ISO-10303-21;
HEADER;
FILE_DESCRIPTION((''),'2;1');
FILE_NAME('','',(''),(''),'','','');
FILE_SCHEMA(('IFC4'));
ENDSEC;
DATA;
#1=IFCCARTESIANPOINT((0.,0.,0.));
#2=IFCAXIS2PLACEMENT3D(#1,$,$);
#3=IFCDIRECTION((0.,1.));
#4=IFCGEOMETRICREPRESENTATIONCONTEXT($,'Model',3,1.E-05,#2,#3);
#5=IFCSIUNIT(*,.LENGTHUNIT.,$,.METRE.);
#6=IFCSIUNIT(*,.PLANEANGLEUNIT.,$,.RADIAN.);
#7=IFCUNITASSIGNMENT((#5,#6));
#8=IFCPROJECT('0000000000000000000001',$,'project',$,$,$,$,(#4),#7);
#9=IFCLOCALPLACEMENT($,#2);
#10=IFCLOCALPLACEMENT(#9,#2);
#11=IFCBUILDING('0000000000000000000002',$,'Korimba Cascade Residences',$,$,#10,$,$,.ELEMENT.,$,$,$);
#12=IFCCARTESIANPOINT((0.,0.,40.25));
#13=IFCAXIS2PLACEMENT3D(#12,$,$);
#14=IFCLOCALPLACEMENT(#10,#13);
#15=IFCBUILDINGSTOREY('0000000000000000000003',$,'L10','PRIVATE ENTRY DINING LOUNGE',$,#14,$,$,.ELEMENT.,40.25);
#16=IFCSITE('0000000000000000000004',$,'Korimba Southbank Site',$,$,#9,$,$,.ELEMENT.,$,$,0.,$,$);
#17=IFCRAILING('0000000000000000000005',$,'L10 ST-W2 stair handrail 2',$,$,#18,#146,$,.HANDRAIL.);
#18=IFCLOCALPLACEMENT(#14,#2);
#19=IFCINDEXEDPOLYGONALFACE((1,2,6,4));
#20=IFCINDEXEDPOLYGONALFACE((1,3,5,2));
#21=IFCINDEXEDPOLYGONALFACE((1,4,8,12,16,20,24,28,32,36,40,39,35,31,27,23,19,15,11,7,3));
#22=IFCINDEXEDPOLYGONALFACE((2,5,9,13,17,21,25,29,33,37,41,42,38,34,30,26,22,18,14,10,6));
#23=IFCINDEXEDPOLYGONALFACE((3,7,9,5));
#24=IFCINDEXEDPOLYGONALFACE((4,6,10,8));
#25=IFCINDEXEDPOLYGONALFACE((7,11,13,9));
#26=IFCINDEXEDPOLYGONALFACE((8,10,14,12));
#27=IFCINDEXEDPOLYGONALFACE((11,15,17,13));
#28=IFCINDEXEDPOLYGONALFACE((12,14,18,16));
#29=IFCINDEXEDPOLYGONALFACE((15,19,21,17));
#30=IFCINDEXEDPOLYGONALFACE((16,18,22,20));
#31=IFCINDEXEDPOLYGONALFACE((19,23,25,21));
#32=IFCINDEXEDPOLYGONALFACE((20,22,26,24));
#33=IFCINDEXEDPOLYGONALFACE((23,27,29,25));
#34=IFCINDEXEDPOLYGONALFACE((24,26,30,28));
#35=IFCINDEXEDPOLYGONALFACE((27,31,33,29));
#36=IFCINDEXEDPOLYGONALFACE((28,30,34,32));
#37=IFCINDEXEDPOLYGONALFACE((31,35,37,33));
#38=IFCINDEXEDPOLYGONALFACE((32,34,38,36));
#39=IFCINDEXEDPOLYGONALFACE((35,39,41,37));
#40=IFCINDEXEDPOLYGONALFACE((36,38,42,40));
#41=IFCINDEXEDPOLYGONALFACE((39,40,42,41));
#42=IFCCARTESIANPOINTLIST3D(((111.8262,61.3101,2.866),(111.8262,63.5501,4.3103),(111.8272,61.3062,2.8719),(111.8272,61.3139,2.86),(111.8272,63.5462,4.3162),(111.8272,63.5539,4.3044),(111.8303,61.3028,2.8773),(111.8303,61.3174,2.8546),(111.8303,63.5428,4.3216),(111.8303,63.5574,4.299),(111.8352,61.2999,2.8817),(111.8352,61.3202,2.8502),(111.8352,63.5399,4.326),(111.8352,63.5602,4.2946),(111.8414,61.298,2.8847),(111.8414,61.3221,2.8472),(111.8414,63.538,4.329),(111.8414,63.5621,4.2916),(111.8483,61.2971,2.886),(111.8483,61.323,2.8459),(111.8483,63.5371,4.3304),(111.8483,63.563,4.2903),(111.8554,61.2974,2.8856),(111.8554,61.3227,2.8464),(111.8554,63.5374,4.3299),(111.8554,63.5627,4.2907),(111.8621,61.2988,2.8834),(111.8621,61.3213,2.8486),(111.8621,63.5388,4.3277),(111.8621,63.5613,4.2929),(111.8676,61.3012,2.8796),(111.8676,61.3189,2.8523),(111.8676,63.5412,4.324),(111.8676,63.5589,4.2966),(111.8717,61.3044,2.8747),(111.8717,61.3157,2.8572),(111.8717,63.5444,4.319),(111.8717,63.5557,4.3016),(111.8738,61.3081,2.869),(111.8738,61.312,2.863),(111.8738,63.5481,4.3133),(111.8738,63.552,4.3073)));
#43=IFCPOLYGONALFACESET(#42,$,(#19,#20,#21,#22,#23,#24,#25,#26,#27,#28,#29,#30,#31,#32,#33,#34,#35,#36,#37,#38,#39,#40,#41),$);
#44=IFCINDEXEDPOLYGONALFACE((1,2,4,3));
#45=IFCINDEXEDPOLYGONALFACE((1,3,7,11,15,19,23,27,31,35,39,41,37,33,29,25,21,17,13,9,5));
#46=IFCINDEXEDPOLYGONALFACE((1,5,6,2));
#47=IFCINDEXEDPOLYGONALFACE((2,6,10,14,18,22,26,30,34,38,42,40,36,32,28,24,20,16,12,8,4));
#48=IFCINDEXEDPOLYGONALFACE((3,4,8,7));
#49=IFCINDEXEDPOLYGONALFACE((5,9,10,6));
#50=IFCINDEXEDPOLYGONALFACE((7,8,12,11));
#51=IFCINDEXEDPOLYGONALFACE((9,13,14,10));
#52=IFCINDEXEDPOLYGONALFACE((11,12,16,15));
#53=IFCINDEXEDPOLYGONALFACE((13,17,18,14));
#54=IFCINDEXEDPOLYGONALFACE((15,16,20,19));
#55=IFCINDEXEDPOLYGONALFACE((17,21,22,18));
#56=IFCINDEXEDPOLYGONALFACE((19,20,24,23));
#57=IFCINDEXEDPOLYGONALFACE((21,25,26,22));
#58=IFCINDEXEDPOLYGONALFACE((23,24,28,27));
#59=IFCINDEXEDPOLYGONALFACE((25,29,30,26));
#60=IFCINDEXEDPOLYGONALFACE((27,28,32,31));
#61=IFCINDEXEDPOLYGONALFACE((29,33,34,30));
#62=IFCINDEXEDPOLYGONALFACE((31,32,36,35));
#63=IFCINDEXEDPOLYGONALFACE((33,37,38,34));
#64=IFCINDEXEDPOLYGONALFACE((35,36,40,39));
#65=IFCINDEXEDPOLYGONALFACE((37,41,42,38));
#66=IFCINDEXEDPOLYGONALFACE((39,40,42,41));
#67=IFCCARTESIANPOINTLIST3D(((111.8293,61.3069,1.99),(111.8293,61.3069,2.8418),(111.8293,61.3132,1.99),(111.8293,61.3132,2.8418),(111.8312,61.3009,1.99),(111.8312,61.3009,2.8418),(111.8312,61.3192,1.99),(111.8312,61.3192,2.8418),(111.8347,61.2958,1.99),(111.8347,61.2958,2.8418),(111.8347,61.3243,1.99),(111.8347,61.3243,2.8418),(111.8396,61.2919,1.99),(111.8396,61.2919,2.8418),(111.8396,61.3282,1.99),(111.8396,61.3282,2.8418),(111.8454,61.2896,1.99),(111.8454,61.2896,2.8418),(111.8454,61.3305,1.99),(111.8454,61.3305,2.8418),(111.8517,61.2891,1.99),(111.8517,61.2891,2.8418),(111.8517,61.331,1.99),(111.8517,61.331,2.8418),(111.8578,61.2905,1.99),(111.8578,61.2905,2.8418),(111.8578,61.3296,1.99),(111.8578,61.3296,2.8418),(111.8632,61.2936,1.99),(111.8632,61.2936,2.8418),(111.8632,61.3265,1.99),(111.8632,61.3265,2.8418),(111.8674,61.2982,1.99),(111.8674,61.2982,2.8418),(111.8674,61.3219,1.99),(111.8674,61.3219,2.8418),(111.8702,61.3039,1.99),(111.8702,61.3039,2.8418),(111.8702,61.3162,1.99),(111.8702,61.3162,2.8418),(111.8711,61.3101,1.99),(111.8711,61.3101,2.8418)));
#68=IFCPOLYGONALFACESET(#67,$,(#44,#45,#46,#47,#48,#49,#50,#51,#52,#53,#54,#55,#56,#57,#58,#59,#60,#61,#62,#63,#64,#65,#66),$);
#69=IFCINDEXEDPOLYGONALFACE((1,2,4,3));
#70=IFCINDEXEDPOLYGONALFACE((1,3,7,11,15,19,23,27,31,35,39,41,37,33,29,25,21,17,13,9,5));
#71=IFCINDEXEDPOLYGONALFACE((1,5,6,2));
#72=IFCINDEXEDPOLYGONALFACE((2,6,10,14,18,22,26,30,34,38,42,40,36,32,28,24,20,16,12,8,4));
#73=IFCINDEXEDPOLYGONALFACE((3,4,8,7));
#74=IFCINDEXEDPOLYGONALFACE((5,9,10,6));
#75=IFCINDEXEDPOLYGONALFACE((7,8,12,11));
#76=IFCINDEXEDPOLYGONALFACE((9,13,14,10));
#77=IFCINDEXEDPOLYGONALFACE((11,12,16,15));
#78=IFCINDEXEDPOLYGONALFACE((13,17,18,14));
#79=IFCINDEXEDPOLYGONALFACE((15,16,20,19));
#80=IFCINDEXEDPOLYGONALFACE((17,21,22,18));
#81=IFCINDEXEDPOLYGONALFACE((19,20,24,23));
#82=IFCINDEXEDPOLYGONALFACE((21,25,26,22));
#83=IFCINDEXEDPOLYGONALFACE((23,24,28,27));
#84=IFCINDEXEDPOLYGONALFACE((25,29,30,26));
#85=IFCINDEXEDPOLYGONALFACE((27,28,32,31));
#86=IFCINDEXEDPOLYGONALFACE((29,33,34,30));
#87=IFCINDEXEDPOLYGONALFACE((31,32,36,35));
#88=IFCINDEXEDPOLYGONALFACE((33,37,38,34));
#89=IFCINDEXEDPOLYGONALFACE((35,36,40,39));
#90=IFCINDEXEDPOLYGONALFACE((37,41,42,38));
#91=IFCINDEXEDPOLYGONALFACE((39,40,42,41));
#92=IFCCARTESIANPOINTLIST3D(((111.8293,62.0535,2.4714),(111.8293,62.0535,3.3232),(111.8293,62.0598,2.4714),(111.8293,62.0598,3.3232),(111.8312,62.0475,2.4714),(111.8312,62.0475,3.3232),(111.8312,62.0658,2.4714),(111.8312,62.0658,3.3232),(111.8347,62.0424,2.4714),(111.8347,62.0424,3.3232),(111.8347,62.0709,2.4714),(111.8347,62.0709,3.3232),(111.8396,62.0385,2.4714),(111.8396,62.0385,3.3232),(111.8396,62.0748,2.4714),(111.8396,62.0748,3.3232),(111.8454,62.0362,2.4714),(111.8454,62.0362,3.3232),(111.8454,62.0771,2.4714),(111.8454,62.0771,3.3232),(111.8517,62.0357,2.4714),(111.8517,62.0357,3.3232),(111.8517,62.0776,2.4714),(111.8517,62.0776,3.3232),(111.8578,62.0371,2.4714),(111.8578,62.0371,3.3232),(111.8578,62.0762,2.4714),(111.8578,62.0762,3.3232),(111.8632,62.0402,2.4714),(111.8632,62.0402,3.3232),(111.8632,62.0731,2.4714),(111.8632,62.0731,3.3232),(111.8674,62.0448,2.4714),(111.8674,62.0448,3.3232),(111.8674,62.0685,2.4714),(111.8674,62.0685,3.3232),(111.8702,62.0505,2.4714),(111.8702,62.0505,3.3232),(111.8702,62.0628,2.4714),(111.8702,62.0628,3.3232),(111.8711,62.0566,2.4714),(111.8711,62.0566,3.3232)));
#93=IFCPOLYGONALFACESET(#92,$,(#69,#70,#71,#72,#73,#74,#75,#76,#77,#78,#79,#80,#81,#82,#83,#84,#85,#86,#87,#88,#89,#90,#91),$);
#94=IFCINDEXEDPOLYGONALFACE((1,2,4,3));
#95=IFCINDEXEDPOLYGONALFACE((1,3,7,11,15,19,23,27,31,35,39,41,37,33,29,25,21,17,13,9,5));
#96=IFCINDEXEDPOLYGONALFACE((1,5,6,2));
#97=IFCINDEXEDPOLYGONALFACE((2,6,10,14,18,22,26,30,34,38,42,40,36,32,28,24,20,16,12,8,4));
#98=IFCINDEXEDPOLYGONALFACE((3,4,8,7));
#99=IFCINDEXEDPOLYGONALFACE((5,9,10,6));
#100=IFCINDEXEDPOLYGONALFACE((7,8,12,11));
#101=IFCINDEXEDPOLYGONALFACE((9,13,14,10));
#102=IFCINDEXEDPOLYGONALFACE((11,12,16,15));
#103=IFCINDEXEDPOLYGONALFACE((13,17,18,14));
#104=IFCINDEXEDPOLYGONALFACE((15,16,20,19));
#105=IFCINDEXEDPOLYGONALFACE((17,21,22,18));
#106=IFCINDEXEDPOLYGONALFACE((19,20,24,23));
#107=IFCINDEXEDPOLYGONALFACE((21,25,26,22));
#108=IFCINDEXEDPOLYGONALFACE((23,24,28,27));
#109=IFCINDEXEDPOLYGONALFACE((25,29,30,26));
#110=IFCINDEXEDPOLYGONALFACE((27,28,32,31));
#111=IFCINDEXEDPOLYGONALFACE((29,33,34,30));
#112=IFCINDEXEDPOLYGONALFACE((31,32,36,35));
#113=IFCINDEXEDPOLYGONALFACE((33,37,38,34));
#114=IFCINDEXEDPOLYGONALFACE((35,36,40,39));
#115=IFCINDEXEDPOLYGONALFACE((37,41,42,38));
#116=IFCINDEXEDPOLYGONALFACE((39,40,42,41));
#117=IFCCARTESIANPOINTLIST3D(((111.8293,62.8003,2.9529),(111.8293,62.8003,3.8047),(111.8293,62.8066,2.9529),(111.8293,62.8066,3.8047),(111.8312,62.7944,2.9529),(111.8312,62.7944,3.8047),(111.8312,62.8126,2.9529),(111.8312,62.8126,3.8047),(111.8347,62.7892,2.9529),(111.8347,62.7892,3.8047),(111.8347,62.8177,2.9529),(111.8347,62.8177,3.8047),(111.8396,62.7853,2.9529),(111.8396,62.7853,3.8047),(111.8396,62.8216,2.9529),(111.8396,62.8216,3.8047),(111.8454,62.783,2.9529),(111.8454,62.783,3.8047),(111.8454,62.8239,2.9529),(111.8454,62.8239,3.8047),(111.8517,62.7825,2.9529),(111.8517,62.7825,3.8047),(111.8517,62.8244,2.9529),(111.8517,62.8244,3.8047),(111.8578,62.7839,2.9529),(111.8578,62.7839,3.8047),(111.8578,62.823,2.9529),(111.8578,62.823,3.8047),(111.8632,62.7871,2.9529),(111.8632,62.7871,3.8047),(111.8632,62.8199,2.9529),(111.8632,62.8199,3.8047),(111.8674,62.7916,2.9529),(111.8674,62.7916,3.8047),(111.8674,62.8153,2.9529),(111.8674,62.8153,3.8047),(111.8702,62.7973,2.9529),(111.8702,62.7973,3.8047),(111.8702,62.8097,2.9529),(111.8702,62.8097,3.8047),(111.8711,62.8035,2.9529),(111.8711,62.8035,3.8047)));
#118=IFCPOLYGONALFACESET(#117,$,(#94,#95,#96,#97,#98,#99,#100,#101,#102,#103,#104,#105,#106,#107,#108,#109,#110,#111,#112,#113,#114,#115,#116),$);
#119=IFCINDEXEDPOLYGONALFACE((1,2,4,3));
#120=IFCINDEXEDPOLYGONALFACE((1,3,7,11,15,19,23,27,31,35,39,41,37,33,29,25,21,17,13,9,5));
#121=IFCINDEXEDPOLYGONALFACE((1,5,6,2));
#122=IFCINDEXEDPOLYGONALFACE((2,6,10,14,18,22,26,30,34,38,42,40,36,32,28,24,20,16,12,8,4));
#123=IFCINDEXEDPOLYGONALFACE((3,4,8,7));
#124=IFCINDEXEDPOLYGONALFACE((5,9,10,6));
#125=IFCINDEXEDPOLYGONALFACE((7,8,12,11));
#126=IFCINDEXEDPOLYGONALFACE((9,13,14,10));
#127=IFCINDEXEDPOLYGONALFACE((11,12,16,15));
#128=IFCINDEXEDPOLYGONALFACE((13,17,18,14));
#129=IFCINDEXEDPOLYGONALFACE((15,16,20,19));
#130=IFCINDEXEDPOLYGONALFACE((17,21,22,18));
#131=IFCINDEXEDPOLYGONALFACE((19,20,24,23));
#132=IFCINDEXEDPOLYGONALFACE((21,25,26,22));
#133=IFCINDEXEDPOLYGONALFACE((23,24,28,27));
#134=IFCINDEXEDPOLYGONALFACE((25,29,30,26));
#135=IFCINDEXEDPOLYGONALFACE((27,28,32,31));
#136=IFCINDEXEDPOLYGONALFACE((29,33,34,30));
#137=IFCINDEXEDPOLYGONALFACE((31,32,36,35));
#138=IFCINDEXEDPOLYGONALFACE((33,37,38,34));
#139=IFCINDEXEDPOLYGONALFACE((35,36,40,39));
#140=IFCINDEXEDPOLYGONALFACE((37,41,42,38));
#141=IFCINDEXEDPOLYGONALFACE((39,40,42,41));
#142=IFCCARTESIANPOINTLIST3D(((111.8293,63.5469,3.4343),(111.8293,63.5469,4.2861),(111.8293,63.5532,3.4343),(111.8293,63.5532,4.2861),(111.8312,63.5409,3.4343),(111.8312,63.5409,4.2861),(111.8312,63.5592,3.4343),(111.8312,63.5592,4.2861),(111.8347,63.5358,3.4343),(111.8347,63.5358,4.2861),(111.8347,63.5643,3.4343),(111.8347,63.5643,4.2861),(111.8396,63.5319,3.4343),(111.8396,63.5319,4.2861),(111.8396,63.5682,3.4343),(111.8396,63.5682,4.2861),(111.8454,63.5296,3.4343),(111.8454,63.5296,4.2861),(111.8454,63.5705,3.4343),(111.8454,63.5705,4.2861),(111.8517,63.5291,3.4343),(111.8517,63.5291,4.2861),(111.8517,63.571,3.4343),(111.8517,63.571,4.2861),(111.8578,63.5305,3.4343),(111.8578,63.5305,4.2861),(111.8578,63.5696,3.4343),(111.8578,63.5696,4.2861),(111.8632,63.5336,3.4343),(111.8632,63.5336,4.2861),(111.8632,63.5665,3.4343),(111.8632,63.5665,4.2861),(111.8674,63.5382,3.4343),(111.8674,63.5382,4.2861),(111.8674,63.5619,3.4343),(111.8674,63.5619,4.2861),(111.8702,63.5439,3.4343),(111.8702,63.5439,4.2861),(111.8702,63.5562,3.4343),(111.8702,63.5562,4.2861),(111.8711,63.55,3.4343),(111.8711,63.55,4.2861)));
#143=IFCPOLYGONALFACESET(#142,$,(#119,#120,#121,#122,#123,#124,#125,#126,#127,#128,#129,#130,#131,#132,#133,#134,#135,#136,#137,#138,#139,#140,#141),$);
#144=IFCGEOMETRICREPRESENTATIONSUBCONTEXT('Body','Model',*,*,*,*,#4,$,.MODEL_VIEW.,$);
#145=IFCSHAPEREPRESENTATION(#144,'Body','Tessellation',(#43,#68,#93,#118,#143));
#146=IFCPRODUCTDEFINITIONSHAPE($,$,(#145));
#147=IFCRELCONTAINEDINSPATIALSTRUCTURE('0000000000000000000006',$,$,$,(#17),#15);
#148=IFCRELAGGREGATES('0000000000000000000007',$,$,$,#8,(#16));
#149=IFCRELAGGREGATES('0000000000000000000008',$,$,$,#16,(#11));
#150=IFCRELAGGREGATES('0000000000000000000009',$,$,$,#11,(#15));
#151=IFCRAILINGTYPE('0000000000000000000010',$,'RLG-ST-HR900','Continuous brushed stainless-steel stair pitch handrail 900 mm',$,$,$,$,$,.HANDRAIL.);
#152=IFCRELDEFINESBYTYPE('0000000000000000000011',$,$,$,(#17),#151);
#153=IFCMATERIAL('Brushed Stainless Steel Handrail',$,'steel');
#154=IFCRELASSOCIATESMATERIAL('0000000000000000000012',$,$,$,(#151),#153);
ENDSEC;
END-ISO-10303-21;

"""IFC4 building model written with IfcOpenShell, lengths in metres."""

from ifc_helpers import new_model, si_unit, direction, frame, origin, origin_2d, place, context, subcontext, project, spatial, circle, extrude, material, type_object, element, save


model = new_model("IFC4")

# Units and contexts
model_context = context("Model", 3, precision=1e-05, world=origin(), true_north=direction((0.0, 1.0)))
body_context = subcontext(model_context, "Body", "Model", "MODEL_VIEW")
ifc_project = project(units=[si_unit("LENGTHUNIT", "METRE"), si_unit("PLANEANGLEUNIT", "RADIAN")], contexts=[model_context])

# Site, building, storey
site_placement = place(None, origin())
site = spatial("IfcSite", under=ifc_project, at=site_placement, Name="Korimba Southbank Site", CompositionType="ELEMENT", RefElevation=0.0)
building_placement = place(site_placement, origin())
building = spatial("IfcBuilding", under=site, at=building_placement, Name="Korimba Cascade Residences", CompositionType="ELEMENT")
storey_placement = place(building_placement, frame((0.0, 0.0, 40.25)))
storey = spatial("IfcBuildingStorey", under=building, at=storey_placement, Name="L10", Description="PRIVATE ENTRY DINING LOUNGE", CompositionType="ELEMENT", Elevation=40.25)

# Railing
ifc_material_1 = material(Name="Brushed Stainless Steel Handrail", Category="steel")
railing_type_1 = type_object("IfcRailingType", Name="RLG-ST-HR900", Description="Continuous brushed stainless-steel stair pitch handrail 900 mm", PredefinedType="HANDRAIL", material=ifc_material_1)
railing_1_placement = place(storey_placement, frame((111.8501, 61.3101, 1.99)))
element("IfcRailing", 1, at=railing_1_placement, inside=storey, type_object=railing_type_1, Name="L10 ST-W2 stair handrail 2", PredefinedType="HANDRAIL", context=body_context, shape_type="SweptSolid", body=[
    extrude(circle(Radius=0.0239, at=origin_2d()), frame((0.0, 0.0, 0.876), z_axis=(0.0, 0.840437, 0.54191), x_axis=(-1.0, 0.0, 0.0)), (0.0, 0.0, 1.0), 2.6653),
    extrude(circle(Radius=0.021, at=origin_2d()), origin(), (0.0, 0.0, 1.0), 0.8518),
    extrude(circle(Radius=0.021, at=origin_2d()), frame((0.0, 0.7466, 0.4814)), (0.0, 0.0, 1.0), 0.8518),
    extrude(circle(Radius=0.021, at=origin_2d()), frame((0.0, 1.4934, 0.9629)), (0.0, 0.0, 1.0), 0.8518),
    extrude(circle(Radius=0.021, at=origin_2d()), frame((0.0, 2.24, 1.4443)), (0.0, 0.0, 1.0), 0.8518),
])

save(model, "model.ifc")
